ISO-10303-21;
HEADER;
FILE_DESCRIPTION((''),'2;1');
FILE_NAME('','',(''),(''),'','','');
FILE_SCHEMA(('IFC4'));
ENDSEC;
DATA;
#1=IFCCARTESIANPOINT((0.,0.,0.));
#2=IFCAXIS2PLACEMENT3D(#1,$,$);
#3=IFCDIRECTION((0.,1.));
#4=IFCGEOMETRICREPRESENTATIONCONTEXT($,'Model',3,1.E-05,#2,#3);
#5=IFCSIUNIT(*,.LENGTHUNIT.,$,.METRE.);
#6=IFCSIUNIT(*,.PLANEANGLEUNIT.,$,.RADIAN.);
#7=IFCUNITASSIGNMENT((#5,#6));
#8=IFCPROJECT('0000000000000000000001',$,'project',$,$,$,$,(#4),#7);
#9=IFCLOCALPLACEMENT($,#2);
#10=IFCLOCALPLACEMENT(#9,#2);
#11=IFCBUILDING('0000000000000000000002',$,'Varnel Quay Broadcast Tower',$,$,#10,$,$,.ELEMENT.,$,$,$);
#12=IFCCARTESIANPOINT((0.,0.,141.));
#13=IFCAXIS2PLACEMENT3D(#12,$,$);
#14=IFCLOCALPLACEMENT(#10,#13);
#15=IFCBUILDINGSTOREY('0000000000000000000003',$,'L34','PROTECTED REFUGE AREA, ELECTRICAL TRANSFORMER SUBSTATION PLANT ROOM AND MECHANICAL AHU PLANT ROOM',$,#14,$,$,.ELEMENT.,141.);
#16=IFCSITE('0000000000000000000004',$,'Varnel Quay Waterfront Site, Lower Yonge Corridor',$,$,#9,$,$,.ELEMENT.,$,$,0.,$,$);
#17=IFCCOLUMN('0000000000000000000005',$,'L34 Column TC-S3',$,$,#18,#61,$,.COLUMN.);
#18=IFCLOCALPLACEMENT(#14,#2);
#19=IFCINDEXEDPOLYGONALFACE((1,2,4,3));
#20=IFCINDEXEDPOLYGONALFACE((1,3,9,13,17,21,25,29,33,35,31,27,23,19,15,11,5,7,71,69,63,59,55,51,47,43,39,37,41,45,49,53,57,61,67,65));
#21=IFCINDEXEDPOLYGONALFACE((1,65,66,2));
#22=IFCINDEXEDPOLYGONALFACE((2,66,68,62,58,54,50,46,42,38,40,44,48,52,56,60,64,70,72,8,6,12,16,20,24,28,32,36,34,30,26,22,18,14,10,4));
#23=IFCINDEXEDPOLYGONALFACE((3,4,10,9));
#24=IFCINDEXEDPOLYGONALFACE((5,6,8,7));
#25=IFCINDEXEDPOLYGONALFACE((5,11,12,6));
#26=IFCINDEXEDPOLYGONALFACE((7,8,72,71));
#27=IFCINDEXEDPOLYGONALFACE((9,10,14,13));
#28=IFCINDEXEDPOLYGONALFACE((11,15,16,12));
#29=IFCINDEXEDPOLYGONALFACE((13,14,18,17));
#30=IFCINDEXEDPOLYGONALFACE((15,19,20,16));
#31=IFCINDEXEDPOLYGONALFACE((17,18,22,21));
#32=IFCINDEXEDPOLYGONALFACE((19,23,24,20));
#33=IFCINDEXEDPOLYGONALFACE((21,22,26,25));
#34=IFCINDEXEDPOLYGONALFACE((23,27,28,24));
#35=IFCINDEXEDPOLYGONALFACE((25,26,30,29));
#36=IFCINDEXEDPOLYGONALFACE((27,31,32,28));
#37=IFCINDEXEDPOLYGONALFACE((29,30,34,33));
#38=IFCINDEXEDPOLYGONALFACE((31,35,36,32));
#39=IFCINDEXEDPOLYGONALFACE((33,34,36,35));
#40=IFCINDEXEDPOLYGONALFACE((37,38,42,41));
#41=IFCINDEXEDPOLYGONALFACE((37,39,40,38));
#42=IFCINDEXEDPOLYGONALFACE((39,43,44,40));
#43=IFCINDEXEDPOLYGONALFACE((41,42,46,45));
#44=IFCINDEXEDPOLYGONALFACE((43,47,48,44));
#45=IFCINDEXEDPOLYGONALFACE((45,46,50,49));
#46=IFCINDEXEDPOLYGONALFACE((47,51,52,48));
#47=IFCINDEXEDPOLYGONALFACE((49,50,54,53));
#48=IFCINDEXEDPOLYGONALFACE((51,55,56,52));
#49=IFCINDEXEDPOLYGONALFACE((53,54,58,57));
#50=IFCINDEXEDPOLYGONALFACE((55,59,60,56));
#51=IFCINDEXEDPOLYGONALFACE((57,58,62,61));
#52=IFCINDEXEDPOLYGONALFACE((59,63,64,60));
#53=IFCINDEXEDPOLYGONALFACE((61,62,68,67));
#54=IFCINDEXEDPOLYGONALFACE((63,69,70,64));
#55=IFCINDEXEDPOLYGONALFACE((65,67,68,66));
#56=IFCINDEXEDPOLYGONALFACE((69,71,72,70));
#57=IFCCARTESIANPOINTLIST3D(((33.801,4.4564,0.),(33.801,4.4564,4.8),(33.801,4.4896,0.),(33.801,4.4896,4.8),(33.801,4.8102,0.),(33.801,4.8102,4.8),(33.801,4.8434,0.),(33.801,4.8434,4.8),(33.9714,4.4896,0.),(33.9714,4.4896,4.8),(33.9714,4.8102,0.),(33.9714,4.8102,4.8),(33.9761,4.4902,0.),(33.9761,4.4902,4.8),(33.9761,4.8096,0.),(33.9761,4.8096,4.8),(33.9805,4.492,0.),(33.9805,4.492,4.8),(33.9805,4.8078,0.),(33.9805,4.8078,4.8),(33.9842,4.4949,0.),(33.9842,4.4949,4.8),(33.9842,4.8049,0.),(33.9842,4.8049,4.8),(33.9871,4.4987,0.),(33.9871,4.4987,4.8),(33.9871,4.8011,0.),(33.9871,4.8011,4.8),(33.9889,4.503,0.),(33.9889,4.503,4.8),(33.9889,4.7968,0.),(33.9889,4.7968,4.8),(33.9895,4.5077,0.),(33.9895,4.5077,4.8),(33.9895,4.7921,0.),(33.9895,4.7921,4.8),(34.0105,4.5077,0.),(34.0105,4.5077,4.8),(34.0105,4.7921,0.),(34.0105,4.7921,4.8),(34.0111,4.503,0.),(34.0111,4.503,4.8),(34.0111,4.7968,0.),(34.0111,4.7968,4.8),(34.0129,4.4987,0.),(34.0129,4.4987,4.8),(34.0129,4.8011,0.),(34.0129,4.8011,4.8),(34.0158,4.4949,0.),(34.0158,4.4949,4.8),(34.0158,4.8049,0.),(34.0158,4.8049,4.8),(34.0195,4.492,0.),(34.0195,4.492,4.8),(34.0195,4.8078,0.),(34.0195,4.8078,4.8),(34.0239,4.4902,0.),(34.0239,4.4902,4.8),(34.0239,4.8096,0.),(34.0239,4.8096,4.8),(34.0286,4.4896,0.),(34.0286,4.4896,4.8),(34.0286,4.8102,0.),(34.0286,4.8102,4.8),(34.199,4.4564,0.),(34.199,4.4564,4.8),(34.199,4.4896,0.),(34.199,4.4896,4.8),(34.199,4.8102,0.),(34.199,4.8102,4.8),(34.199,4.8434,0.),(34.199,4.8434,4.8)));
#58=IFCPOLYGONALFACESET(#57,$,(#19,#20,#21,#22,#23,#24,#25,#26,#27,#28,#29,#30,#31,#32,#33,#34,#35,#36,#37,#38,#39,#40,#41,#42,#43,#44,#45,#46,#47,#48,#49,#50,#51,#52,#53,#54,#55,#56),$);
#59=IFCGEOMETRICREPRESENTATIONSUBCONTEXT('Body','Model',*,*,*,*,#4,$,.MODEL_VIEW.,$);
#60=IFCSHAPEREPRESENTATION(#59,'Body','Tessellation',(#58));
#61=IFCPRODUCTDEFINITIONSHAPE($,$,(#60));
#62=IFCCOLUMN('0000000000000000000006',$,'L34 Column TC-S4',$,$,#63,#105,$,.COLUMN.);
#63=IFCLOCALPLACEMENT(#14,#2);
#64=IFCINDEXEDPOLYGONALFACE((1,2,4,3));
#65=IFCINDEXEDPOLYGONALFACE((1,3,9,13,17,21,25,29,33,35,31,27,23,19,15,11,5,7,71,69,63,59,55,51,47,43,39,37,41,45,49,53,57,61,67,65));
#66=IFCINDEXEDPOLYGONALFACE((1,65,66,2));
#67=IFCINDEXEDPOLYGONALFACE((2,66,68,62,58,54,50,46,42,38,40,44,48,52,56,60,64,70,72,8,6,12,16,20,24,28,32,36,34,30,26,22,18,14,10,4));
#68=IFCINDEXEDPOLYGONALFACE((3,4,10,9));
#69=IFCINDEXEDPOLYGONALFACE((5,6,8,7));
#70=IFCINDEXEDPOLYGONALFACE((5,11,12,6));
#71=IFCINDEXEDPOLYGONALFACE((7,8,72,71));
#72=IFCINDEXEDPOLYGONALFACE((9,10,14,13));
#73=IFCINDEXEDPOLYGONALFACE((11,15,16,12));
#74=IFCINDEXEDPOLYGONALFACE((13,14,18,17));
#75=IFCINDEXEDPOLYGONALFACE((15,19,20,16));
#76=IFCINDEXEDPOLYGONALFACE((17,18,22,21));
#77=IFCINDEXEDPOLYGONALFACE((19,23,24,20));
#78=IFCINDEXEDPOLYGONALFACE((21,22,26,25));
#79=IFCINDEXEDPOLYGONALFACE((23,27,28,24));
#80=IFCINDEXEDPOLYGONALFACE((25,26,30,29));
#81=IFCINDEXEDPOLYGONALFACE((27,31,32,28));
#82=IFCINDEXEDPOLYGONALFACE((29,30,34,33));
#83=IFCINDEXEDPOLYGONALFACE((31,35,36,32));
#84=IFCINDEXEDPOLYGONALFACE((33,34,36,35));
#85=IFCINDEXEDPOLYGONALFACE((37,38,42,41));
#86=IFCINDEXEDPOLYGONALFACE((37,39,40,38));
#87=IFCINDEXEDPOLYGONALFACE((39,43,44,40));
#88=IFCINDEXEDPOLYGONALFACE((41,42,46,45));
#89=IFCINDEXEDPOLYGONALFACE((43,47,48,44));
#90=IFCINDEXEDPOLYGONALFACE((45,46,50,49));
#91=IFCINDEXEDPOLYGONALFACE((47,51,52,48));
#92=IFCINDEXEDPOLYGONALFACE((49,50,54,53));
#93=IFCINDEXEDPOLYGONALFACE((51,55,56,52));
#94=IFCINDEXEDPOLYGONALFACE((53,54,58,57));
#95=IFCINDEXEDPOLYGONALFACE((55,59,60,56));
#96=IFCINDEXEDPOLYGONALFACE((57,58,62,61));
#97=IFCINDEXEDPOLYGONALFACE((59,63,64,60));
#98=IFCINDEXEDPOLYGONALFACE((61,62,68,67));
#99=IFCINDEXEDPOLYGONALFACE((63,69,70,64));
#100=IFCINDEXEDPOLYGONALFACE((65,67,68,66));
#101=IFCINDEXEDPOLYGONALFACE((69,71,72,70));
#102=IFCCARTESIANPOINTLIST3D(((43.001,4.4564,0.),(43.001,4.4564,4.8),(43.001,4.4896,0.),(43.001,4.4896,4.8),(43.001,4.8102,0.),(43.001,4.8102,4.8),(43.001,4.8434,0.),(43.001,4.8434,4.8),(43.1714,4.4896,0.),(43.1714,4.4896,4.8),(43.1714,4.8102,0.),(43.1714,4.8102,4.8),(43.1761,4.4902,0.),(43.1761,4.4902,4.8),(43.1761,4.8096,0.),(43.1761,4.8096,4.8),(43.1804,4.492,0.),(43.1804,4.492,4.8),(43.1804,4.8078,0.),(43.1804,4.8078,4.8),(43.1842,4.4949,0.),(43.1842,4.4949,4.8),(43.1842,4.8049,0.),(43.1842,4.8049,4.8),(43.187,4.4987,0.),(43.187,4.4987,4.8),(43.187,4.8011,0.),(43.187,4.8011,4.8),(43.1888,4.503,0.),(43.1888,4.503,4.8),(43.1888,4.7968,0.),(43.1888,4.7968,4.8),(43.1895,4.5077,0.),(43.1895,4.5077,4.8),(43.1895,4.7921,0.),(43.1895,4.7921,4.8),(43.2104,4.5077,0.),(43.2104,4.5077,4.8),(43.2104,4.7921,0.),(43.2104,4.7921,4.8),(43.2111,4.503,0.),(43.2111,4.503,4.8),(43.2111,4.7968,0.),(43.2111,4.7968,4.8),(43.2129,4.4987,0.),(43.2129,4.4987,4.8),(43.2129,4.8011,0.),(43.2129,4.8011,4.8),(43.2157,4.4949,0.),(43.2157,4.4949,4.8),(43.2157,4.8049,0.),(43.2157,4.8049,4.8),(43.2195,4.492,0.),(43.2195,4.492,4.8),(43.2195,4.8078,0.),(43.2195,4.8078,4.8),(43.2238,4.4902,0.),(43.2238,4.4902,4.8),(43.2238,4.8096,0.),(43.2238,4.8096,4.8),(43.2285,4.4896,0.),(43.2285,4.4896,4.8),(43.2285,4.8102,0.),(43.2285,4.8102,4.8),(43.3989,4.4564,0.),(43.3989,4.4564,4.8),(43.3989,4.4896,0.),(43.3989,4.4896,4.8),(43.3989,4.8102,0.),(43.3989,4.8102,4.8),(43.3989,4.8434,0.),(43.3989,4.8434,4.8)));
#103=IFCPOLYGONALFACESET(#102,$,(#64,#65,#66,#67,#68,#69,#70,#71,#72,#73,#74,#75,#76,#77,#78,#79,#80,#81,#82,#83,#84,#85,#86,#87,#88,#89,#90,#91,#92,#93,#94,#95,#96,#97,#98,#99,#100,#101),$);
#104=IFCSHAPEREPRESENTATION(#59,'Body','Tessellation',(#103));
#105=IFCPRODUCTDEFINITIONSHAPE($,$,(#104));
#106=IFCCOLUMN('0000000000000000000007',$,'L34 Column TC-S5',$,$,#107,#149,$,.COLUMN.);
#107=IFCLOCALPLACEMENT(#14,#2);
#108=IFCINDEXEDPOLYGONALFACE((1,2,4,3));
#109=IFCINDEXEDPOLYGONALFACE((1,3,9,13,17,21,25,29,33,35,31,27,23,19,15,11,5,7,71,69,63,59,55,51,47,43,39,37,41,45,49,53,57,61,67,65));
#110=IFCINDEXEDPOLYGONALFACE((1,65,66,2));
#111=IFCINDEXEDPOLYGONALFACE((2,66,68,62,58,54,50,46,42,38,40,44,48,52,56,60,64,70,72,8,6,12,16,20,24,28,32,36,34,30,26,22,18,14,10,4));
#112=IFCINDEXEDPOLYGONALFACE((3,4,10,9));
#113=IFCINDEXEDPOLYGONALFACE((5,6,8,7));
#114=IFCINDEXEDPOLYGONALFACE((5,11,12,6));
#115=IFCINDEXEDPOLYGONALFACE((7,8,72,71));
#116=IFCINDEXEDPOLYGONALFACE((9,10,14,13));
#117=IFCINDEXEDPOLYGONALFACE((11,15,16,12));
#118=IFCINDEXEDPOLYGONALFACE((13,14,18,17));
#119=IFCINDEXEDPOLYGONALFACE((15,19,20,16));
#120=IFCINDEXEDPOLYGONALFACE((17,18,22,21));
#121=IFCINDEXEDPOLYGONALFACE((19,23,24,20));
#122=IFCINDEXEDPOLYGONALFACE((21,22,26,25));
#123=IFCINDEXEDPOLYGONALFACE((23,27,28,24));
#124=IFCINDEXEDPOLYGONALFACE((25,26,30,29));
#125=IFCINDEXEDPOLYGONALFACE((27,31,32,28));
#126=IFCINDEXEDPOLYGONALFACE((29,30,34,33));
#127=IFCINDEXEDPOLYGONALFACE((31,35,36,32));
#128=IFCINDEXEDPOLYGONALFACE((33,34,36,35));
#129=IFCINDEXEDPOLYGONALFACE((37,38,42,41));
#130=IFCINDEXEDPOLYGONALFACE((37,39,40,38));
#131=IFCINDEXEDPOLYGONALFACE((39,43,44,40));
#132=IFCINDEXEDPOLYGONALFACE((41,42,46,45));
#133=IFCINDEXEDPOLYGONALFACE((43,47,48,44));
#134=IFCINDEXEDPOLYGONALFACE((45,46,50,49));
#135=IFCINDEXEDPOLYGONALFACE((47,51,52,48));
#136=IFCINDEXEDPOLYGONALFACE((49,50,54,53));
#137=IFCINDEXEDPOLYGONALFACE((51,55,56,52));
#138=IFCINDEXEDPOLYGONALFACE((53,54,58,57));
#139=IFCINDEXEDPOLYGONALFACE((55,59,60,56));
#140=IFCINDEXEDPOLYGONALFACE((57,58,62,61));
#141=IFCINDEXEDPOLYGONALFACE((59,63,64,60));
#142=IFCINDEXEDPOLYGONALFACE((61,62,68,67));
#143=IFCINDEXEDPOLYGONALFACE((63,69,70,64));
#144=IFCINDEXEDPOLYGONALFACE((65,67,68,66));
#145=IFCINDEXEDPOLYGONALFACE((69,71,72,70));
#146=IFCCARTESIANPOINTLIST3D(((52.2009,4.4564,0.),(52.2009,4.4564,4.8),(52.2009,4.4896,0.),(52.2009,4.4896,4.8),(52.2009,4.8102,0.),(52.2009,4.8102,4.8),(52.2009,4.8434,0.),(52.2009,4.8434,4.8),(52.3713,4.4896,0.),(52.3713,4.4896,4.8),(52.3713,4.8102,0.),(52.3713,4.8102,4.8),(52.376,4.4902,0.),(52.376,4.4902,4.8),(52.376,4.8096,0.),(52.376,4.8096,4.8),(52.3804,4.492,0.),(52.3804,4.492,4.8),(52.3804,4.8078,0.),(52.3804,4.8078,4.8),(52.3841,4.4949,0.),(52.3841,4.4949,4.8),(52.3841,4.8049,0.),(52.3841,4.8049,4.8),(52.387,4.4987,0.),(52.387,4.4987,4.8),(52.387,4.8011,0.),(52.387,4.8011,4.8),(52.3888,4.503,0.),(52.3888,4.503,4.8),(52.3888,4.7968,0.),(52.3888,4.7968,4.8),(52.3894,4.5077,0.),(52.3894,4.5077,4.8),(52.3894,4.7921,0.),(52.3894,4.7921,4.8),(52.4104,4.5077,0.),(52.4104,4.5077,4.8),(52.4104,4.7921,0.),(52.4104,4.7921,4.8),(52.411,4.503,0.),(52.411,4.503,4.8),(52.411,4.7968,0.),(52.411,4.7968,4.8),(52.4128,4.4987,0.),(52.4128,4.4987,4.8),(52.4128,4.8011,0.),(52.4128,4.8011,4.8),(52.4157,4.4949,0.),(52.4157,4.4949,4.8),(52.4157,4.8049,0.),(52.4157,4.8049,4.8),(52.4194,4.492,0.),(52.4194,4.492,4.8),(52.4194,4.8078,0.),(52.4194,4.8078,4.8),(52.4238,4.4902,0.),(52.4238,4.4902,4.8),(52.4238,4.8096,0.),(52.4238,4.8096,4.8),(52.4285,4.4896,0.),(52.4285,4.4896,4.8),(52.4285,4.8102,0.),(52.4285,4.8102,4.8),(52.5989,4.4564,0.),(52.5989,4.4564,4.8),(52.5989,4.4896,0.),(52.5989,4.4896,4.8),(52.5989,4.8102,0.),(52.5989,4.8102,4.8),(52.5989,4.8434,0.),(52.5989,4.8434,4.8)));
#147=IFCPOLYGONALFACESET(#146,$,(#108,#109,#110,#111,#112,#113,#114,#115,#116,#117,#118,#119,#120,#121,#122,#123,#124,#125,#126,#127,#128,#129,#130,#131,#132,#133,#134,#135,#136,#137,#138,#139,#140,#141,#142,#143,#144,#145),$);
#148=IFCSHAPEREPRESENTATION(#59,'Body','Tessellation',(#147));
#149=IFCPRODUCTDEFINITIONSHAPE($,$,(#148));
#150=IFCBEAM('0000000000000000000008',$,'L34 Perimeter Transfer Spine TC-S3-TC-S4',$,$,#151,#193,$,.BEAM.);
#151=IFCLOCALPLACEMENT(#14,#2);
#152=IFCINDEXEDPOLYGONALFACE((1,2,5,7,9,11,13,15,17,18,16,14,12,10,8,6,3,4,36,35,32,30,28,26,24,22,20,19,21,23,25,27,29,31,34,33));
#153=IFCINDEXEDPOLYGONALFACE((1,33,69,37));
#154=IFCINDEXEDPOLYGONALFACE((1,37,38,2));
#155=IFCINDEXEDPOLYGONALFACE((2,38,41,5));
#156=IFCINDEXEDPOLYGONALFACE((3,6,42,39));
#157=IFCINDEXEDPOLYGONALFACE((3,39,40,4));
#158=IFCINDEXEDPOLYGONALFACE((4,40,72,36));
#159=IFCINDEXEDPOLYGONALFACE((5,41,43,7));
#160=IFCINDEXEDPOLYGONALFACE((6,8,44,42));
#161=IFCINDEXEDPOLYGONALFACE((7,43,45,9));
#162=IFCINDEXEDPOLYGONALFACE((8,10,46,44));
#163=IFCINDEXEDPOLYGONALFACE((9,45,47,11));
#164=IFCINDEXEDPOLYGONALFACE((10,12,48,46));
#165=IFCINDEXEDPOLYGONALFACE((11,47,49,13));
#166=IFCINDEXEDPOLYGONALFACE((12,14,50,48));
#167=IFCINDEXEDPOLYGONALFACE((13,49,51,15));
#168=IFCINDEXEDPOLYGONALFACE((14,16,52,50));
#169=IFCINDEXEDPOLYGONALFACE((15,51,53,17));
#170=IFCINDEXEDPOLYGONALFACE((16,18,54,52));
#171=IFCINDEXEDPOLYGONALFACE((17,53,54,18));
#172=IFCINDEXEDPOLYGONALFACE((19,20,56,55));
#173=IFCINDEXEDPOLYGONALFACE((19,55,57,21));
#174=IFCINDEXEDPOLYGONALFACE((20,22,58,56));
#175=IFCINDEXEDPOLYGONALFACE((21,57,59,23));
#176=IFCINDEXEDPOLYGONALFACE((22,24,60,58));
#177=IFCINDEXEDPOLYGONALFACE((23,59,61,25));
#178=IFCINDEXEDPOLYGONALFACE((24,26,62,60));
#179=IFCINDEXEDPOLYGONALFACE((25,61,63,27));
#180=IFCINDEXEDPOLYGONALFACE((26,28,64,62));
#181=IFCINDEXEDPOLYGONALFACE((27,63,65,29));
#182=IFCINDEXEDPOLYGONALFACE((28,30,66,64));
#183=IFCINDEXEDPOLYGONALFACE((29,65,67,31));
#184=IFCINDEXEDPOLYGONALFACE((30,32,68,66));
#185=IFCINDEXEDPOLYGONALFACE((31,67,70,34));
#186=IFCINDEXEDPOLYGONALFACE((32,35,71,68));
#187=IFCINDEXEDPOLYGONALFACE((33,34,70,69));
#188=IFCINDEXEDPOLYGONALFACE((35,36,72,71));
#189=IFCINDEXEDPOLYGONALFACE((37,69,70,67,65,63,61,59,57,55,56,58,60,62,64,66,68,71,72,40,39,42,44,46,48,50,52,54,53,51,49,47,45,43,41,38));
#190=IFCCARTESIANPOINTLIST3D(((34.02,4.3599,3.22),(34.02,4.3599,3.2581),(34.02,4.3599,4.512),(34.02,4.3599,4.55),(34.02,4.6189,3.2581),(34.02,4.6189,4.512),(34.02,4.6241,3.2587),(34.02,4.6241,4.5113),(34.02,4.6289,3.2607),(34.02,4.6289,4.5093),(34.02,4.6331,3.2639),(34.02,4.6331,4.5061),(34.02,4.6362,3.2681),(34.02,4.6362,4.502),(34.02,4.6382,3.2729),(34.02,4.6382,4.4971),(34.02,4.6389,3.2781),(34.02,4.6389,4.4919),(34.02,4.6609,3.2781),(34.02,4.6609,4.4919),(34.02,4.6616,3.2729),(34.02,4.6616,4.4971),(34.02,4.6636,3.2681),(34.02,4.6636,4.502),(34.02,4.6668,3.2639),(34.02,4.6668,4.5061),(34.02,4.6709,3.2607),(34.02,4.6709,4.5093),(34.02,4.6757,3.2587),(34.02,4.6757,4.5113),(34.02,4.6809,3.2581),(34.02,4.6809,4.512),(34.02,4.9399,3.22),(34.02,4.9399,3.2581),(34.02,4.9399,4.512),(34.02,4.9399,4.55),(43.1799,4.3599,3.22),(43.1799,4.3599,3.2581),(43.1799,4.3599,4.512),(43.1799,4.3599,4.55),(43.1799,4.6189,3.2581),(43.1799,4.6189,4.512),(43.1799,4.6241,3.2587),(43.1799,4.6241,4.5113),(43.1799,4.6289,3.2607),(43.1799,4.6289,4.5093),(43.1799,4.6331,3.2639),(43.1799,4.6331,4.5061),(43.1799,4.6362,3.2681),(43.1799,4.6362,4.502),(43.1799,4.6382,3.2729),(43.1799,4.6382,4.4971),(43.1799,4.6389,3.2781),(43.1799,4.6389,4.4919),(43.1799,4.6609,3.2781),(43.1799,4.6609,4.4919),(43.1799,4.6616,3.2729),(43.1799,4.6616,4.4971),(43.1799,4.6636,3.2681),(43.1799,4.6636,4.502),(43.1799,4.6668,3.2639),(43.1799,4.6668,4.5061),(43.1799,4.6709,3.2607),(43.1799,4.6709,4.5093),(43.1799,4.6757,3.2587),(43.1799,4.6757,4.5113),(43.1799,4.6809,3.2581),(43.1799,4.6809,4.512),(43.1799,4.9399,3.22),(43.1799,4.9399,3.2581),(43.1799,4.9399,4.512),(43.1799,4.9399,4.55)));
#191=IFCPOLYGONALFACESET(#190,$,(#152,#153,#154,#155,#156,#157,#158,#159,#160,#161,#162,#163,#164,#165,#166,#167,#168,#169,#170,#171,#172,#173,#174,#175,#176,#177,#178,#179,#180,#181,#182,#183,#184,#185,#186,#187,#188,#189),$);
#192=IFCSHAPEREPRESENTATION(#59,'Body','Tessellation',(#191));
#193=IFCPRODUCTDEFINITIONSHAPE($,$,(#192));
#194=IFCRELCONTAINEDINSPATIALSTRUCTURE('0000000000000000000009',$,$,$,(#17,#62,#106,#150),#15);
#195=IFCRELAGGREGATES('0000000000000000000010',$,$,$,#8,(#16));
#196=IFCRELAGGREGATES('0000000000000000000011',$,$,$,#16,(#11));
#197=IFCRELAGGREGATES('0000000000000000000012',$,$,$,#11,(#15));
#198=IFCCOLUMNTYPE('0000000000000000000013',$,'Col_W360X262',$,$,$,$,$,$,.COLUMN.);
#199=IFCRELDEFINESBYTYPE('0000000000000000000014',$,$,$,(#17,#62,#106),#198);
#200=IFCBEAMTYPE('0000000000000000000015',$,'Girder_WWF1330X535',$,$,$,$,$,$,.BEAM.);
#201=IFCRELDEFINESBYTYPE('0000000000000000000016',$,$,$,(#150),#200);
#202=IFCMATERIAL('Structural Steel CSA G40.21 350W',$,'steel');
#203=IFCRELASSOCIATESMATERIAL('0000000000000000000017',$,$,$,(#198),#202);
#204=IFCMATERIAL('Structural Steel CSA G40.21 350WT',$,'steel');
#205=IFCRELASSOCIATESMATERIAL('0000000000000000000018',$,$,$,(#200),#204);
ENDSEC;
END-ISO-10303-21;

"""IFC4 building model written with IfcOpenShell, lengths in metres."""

from ifc_helpers import new_model, si_unit, direction, frame, origin, origin_2d, place, context, subcontext, project, spatial, i_section, extrude, source, transform, mapped, material, material_profile, profile_set, type_object, type_shapes, element, save


model = new_model("IFC4")

# Units and contexts
model_context = context("Model", 3, precision=1e-05, world=origin(), true_north=direction((0.0, 1.0)))
body_context = subcontext(model_context, "Body", "Model", "MODEL_VIEW")
ifc_project = project(units=[si_unit("LENGTHUNIT", "METRE"), si_unit("PLANEANGLEUNIT", "RADIAN")], contexts=[model_context])

# Site, building, storey
site_placement = place(None, origin())
site = spatial("IfcSite", under=ifc_project, at=site_placement, Name="Varnel Quay Waterfront Site, Lower Yonge Corridor", CompositionType="ELEMENT", RefElevation=0.0)
building_placement = place(site_placement, origin())
building = spatial("IfcBuilding", under=site, at=building_placement, Name="Varnel Quay Broadcast Tower", CompositionType="ELEMENT")
storey_placement = place(building_placement, frame((0.0, 0.0, 141.0)))
storey = spatial("IfcBuildingStorey", under=building, at=storey_placement, Name="L34", Description="PROTECTED REFUGE AREA, ELECTRICAL TRANSFORMER SUBSTATION PLANT ROOM AND MECHANICAL AHU PLANT ROOM", CompositionType="ELEMENT", Elevation=141.0)

# Columns
ifc_material_1 = material(Name="Structural Steel CSA G40.21 350W", Category="steel")
ifc_material_profile_1 = material_profile(ifc_material_1, i_section(OverallWidth=0.3979, OverallDepth=0.387, WebThickness=0.021, FlangeThickness=0.0332, FilletRadius=0.0181, at=origin_2d()), Name="W360X262")
ifc_profile_set_1 = profile_set([ifc_material_profile_1], Name="Structural Steel CSA G40.21 350W")
column_type = type_object("IfcColumnType", Name="Col_W360X262", PredefinedType="COLUMN", material=ifc_profile_set_1)
shared_shape_1 = source(origin(), body_context, "Body", "SweptSolid", [
    extrude(i_section(OverallWidth=0.3979, OverallDepth=0.387, WebThickness=0.021, FlangeThickness=0.0332, FilletRadius=0.0181, at=origin_2d()), origin(), (0.0, 0.0, 1.0), 4.8),
])
type_shapes(column_type, [shared_shape_1])
for number, where, z_axis, x_axis, name in (
    (1, (34.0, 4.6499, 0.0), (0.0, 0.0, 1.0), (1.0, 0.0, 0.0), "L34 Column TC-S3"),
    (2, (43.2, 4.6499, 0.0), (0.0, 0.0, 1.0), (1.0, 0.0, 0.0), "L34 Column TC-S4"),
    (3, (52.3999, 4.6499, 0.0), (0.0, 0.0, 1.0), (1.0, 0.0, 0.0), "L34 Column TC-S5"),
):
    element("IfcColumn", number, at=place(storey_placement, frame(where, z_axis=z_axis, x_axis=x_axis)), inside=storey, type_object=column_type, Name=name, PredefinedType="COLUMN", context=body_context, shape_type="MappedRepresentation", body=[
        mapped(shared_shape_1, transform((0.0, 0.0, 0.0), x_axis=(1.0, 0.0, 0.0), y_axis=(0.0, 1.0, 0.0), z_axis=(0.0, 0.0, 1.0), scale=1.0)),
    ])

# Beam
ifc_material_2 = material(Name="Structural Steel CSA G40.21 350WT", Category="steel")
ifc_material_profile_2 = material_profile(ifc_material_2, i_section(OverallWidth=0.5801, OverallDepth=1.3301, WebThickness=0.022, FlangeThickness=0.0381, FilletRadius=0.02, at=origin_2d()), Name="WWF1330X535")
ifc_profile_set_2 = profile_set([ifc_material_profile_2], Name="Structural Steel CSA G40.21 350WT")
beam_type = type_object("IfcBeamType", Name="Girder_WWF1330X535", PredefinedType="BEAM", material=ifc_profile_set_2)
shared_shape_2 = source(origin(), body_context, "Body", "SweptSolid", [
    extrude(i_section(OverallWidth=0.5801, OverallDepth=1.3301, WebThickness=0.022, FlangeThickness=0.0381, FilletRadius=0.02, at=origin_2d()), origin(), (0.0, 0.0, 1.0), 9.1599),
])
for number, where, z_axis, x_axis, name in (
    (4, (34.02, 4.6499, 3.885), (1.0, 0.0, 0.0), (0.0, 1.0, 0.0), "L34 Perimeter Transfer Spine TC-S3-TC-S4"),
):
    element("IfcBeam", number, at=place(storey_placement, frame(where, z_axis=z_axis, x_axis=x_axis)), inside=storey, type_object=beam_type, Name=name, PredefinedType="BEAM", context=body_context, shape_type="MappedRepresentation", body=[
        mapped(shared_shape_2, transform((0.0, 0.0, 0.0), x_axis=(1.0, 0.0, 0.0), y_axis=(0.0, 1.0, 0.0), z_axis=(0.0, 0.0, 1.0), scale=1.0)),
    ])

save(model, "model.ifc")
